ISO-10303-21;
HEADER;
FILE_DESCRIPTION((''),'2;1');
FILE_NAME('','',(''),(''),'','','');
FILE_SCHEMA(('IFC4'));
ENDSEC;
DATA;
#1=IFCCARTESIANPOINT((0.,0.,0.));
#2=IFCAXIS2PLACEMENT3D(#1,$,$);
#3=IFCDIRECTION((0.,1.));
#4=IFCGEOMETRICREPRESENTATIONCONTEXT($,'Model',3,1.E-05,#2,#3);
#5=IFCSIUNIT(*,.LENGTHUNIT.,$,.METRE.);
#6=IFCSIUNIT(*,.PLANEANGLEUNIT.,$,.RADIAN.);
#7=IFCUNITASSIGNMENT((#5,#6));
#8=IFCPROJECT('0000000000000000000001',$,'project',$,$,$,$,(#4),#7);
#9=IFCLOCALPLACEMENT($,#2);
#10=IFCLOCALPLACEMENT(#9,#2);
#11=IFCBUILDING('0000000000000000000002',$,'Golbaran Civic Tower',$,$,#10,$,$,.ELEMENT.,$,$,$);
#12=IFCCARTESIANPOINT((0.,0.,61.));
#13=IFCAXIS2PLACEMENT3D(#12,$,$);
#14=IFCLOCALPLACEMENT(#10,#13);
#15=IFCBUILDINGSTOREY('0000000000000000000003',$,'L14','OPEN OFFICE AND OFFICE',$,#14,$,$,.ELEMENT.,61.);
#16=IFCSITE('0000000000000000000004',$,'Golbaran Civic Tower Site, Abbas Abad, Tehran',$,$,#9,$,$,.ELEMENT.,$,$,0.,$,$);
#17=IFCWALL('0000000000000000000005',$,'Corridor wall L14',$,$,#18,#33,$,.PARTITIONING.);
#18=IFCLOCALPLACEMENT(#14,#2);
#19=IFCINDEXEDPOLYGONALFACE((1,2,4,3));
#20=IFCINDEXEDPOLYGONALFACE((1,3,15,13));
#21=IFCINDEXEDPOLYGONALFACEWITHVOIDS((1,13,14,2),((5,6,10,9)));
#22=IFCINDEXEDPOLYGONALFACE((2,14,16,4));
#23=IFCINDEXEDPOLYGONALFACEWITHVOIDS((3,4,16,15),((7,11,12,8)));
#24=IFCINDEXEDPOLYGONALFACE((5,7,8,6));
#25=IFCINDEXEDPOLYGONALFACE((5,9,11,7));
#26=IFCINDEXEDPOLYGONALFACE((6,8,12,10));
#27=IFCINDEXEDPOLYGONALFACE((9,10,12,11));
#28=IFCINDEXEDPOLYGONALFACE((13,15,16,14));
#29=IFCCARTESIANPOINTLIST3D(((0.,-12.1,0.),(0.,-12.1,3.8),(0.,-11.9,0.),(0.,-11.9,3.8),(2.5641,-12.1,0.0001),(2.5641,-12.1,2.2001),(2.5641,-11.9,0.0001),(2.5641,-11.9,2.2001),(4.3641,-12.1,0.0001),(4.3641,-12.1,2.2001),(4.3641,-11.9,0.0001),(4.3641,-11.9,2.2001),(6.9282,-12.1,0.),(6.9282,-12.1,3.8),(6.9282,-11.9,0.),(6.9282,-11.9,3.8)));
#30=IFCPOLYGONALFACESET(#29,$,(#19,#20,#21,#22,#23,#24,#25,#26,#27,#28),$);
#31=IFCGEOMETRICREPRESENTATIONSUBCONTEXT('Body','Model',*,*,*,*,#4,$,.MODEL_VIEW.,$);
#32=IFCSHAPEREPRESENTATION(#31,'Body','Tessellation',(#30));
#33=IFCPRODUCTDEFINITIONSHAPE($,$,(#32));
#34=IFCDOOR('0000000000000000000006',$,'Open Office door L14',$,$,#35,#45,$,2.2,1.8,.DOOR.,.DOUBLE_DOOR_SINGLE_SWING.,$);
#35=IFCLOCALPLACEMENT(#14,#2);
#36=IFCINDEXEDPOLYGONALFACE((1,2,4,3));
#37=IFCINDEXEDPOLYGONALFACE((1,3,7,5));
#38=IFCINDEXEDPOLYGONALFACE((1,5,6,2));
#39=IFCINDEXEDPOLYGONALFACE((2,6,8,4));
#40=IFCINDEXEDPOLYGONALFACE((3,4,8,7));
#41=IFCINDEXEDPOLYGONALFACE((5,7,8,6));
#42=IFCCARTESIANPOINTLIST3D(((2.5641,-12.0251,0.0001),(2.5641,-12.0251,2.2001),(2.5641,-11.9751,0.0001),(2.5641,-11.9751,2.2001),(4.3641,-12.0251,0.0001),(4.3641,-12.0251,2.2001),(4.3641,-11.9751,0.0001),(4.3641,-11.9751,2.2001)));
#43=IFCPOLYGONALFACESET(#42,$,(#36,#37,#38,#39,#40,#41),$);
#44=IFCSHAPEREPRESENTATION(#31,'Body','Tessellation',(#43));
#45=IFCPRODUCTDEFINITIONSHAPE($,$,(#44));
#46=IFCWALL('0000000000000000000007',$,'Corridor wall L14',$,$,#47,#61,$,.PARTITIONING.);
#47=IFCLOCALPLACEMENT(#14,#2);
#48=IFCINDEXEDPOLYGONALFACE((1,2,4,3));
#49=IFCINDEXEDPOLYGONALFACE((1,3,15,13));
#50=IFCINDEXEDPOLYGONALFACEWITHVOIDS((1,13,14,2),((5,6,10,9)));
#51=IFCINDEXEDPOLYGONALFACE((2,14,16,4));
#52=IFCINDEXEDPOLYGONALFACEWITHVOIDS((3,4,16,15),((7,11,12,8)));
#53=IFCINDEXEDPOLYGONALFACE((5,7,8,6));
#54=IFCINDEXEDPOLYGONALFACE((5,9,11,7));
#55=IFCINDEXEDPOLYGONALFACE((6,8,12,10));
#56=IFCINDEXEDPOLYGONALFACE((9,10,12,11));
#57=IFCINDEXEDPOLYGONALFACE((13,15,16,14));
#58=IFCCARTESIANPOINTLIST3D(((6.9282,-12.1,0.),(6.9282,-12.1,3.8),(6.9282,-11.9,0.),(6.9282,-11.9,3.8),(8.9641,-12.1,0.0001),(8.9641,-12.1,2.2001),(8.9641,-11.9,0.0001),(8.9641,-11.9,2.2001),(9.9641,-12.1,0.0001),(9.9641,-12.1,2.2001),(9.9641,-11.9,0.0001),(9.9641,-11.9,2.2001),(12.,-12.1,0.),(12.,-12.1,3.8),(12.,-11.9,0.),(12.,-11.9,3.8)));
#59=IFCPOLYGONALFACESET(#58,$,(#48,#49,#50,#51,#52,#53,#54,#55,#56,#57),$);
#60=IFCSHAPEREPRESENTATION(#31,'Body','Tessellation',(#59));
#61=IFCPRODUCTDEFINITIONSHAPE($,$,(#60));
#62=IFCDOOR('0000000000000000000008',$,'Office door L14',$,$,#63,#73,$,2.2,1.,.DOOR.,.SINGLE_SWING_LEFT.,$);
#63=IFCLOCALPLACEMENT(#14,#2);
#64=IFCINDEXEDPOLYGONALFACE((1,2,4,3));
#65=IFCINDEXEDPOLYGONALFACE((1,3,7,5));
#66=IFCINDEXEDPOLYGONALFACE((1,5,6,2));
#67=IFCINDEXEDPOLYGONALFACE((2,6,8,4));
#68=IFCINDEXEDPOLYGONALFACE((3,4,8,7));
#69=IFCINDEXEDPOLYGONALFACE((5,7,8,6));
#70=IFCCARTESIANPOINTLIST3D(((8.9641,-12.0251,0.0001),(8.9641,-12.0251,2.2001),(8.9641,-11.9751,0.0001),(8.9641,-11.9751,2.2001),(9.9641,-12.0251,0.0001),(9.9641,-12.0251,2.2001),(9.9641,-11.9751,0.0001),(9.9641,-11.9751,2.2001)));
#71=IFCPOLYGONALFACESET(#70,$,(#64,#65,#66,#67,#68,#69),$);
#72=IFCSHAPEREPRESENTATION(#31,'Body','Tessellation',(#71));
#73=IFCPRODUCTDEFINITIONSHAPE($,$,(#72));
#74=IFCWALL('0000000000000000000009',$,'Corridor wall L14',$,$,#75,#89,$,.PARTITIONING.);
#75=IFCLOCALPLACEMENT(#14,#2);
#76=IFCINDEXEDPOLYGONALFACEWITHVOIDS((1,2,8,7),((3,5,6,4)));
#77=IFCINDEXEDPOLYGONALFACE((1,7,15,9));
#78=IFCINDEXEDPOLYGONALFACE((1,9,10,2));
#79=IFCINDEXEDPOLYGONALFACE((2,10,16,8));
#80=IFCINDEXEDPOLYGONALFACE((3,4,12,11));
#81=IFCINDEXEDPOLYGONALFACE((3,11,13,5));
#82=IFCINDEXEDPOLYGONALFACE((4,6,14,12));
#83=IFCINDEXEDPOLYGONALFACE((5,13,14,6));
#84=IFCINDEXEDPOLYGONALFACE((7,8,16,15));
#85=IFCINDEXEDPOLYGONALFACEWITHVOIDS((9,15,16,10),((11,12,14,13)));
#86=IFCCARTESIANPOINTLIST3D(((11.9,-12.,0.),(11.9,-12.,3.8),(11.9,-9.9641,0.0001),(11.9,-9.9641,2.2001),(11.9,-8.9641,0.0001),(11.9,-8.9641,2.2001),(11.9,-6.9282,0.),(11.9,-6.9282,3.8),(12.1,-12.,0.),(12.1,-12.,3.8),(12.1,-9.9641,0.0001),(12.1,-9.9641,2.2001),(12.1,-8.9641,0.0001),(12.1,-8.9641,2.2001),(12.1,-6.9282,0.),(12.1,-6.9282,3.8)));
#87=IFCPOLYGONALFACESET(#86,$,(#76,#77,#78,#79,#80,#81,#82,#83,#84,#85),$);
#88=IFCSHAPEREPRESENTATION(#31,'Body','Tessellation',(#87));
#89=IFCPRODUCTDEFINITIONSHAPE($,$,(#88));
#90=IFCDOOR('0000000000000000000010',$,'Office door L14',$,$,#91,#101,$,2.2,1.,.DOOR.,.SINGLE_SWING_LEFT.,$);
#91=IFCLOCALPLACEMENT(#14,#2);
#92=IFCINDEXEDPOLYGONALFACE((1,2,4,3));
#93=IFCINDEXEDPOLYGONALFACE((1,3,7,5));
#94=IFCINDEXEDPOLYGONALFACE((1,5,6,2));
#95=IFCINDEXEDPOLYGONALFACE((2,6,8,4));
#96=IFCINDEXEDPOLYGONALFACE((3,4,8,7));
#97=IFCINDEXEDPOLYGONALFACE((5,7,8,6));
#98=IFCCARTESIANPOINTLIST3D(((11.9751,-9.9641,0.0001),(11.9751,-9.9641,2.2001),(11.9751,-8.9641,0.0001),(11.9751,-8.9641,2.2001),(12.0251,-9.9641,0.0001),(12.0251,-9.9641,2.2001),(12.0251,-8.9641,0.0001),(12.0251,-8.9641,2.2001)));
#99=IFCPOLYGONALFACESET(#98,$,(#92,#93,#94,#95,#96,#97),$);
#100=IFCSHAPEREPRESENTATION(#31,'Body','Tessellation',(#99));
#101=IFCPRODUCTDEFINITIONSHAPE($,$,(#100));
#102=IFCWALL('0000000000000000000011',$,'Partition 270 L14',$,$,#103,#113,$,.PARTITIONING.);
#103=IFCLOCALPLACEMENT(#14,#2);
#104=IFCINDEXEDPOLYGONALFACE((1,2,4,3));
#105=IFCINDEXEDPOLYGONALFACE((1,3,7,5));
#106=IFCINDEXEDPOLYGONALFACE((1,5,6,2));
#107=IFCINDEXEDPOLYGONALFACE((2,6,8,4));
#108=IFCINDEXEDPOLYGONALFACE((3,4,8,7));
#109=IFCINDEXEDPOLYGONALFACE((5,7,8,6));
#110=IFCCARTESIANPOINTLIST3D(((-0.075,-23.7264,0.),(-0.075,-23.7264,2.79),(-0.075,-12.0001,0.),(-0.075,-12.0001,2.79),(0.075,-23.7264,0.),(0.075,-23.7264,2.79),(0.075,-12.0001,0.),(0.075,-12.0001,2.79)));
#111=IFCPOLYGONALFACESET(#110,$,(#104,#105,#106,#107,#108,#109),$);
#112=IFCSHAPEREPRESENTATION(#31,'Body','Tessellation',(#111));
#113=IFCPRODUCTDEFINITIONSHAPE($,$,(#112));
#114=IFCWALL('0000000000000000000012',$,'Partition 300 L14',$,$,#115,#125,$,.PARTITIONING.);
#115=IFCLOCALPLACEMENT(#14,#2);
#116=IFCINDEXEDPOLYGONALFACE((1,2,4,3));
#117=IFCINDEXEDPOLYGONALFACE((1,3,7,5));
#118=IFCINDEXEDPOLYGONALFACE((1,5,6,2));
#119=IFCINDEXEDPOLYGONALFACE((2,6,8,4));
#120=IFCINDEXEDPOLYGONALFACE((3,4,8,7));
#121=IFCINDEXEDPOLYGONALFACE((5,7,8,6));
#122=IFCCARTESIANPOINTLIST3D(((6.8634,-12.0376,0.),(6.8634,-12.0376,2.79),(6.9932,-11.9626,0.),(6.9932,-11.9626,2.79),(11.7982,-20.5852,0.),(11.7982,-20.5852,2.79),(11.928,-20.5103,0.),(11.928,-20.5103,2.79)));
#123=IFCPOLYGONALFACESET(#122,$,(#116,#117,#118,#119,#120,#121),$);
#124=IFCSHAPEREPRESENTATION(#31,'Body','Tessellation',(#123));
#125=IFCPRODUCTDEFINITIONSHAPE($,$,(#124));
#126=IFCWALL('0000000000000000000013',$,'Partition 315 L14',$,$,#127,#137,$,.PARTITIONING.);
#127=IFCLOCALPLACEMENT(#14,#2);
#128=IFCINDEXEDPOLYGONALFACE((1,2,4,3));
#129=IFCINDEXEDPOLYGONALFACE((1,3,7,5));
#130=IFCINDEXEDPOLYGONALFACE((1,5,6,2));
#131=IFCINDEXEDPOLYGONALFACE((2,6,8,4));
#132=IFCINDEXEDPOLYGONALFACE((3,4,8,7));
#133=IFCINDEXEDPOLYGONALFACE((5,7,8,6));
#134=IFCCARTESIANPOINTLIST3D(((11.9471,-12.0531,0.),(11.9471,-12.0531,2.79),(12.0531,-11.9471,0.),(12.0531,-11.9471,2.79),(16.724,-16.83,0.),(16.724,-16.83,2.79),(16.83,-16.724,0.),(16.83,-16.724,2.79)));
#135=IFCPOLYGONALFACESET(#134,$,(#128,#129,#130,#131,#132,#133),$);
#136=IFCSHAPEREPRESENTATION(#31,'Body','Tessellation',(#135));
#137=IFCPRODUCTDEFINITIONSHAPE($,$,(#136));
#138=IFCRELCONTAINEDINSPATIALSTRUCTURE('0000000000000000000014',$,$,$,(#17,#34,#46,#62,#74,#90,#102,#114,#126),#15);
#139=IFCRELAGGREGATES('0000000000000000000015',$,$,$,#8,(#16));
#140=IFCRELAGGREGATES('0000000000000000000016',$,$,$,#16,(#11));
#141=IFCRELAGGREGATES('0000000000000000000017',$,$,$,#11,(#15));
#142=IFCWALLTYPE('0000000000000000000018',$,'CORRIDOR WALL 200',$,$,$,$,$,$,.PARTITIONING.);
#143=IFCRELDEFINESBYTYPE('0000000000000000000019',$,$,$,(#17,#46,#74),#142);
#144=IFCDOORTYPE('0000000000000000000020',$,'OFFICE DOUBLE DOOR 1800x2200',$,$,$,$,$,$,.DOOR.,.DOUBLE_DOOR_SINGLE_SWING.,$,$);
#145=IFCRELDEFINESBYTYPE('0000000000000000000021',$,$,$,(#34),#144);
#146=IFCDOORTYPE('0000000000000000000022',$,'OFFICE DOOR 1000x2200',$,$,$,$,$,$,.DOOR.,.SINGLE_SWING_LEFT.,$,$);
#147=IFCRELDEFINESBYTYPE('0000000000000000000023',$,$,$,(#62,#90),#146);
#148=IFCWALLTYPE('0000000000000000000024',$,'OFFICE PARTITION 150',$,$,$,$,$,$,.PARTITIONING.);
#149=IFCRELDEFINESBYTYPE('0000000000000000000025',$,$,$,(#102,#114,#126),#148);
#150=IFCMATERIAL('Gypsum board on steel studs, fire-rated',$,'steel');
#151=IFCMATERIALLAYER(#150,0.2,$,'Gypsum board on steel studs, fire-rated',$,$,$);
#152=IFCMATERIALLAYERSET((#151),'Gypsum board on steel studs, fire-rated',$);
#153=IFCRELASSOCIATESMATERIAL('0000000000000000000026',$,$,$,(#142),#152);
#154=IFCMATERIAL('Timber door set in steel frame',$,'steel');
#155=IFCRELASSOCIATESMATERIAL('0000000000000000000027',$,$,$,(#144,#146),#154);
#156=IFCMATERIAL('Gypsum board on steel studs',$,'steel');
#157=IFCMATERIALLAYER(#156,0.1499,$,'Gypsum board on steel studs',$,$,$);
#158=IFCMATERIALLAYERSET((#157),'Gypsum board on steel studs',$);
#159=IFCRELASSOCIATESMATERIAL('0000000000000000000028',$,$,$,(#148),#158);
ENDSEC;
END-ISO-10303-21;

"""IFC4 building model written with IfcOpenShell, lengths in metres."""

from ifc_helpers import new_model, si_unit, direction, frame, frame_2d, origin, place, context, subcontext, project, spatial, rectangle, extrude, material, layer, layer_set, type_object, element, fill, save


model = new_model("IFC4")

# Units and contexts
model_context = context("Model", 3, precision=1e-05, world=origin(), true_north=direction((0.0, 1.0)))
body_context = subcontext(model_context, "Body", "Model", "MODEL_VIEW")
ifc_project = project(units=[si_unit("LENGTHUNIT", "METRE"), si_unit("PLANEANGLEUNIT", "RADIAN")], contexts=[model_context])

# Site, building, storey
site_placement = place(None, origin())
site = spatial("IfcSite", under=ifc_project, at=site_placement, Name="Golbaran Civic Tower Site, Abbas Abad, Tehran", CompositionType="ELEMENT", RefElevation=0.0)
building_placement = place(site_placement, origin())
building = spatial("IfcBuilding", under=site, at=building_placement, Name="Golbaran Civic Tower", CompositionType="ELEMENT")
storey_placement = place(building_placement, frame((0.0, 0.0, 61.0)))
storey = spatial("IfcBuildingStorey", under=building, at=storey_placement, Name="L14", Description="OPEN OFFICE AND OFFICE", CompositionType="ELEMENT", Elevation=61.0)

# Walls, openings, doors
ifc_material_1 = material(Name="Gypsum board on steel studs, fire-rated", Category="steel")
ifc_layer_1 = layer(ifc_material_1, 0.2, Name="Gypsum board on steel studs, fire-rated")
ifc_layer_set_1 = layer_set([ifc_layer_1], Name="Gypsum board on steel studs, fire-rated")
wall_type_1 = type_object("IfcWallType", Name="CORRIDOR WALL 200", PredefinedType="PARTITIONING", material=ifc_layer_set_1)
wall_1_placement = place(storey_placement, frame((0.0, -12.0, 0.0), z_axis=(0.0, 0.0, 1.0), x_axis=(1.0, 0.0, 0.0)))
wall_1 = element("IfcWall", 1, at=wall_1_placement, inside=storey, type_object=wall_type_1, Name="Corridor wall L14", PredefinedType="PARTITIONING", context=body_context, shape_type="SweptSolid", body=[
    extrude(rectangle(XDim=6.9282, YDim=0.2, at=frame_2d((3.4641, 0.0))), origin(), (0.0, 0.0, 1.0), 3.8),
])
opening_1_placement = place(wall_1_placement, frame((2.5642, 0.0, 0.0)))
opening_1 = element("IfcOpeningElement", 2, at=opening_1_placement, cuts=wall_1, PredefinedType="OPENING", context=body_context, shape_type="SweptSolid", body=[
    extrude(rectangle(XDim=1.8, YDim=2.2, at=frame_2d((0.8999, 1.1001))), frame((0.0, 0.1099, 0.0), z_axis=(0.0, -1.0, 0.0), x_axis=(1.0, 0.0, 0.0)), (0.0, 0.0, 1.0), 0.22),
])
ifc_material_2 = material(Name="Timber door set in steel frame", Category="steel")
door_type_1 = type_object("IfcDoorType", Name="OFFICE DOUBLE DOOR 1800x2200", OperationType="DOUBLE_DOOR_SINGLE_SWING", PredefinedType="DOOR", material=ifc_material_2)
door_1_placement = place(opening_1_placement, origin())
door_1 = element("IfcDoor", 3, at=door_1_placement, inside=storey, type_object=door_type_1, Name="Open Office door L14", OperationType="DOUBLE_DOOR_SINGLE_SWING", OverallHeight=2.2, OverallWidth=1.8, PredefinedType="DOOR", context=body_context, shape_type="SweptSolid", body=[
    extrude(rectangle(XDim=1.8, YDim=2.2, at=frame_2d((0.8999, 1.1001))), frame((0.0, 0.0249, 0.0), z_axis=(0.0, -1.0, 0.0), x_axis=(1.0, 0.0, 0.0)), (0.0, 0.0, 1.0), 0.05),
])
fill(opening_1, door_1)
wall_2_placement = place(storey_placement, frame((6.9282, -12.0, 0.0), z_axis=(0.0, 0.0, 1.0), x_axis=(1.0, 0.0, 0.0)))
wall_2 = element("IfcWall", 4, at=wall_2_placement, inside=storey, type_object=wall_type_1, Name="Corridor wall L14", PredefinedType="PARTITIONING", context=body_context, shape_type="SweptSolid", body=[
    extrude(rectangle(XDim=5.0718, YDim=0.2, at=frame_2d((2.5359, 0.0))), origin(), (0.0, 0.0, 1.0), 3.8),
])
opening_2_placement = place(wall_2_placement, frame((2.0359, 0.0, 0.0)))
opening_2 = element("IfcOpeningElement", 5, at=opening_2_placement, cuts=wall_2, PredefinedType="OPENING", context=body_context, shape_type="SweptSolid", body=[
    extrude(rectangle(XDim=1.0, YDim=2.2, at=frame_2d((0.5, 1.1001))), frame((0.0, 0.1099, 0.0), z_axis=(0.0, -1.0, 0.0), x_axis=(1.0, 0.0, 0.0)), (0.0, 0.0, 1.0), 0.22),
])
door_type_2 = type_object("IfcDoorType", Name="OFFICE DOOR 1000x2200", OperationType="SINGLE_SWING_LEFT", PredefinedType="DOOR", material=ifc_material_2)
door_2_placement = place(opening_2_placement, origin())
door_2 = element("IfcDoor", 6, at=door_2_placement, inside=storey, type_object=door_type_2, Name="Office door L14", OperationType="SINGLE_SWING_LEFT", OverallHeight=2.2, OverallWidth=1.0, PredefinedType="DOOR", context=body_context, shape_type="SweptSolid", body=[
    extrude(rectangle(XDim=1.0, YDim=2.2, at=frame_2d((0.5, 1.1001))), frame((0.0, 0.0249, 0.0), z_axis=(0.0, -1.0, 0.0), x_axis=(1.0, 0.0, 0.0)), (0.0, 0.0, 1.0), 0.05),
])
fill(opening_2, door_2)
wall_3_placement = place(storey_placement, frame((12.0, -12.0, 0.0), z_axis=(0.0, 0.0, 1.0), x_axis=(0.0, 1.0, 0.0)))
wall_3 = element("IfcWall", 7, at=wall_3_placement, inside=storey, type_object=wall_type_1, Name="Corridor wall L14", PredefinedType="PARTITIONING", context=body_context, shape_type="SweptSolid", body=[
    extrude(rectangle(XDim=5.0718, YDim=0.2, at=frame_2d((2.5359, 0.0))), origin(), (0.0, 0.0, 1.0), 3.8),
])
opening_3_placement = place(wall_3_placement, frame((2.0359, 0.0, 0.0)))
opening_3 = element("IfcOpeningElement", 8, at=opening_3_placement, cuts=wall_3, PredefinedType="OPENING", context=body_context, shape_type="SweptSolid", body=[
    extrude(rectangle(XDim=1.0, YDim=2.2, at=frame_2d((0.5, 1.1001))), frame((0.0, 0.1099, 0.0), z_axis=(0.0, -1.0, 0.0), x_axis=(1.0, 0.0, 0.0)), (0.0, 0.0, 1.0), 0.22),
])
door_3_placement = place(opening_3_placement, origin())
door_3 = element("IfcDoor", 9, at=door_3_placement, inside=storey, type_object=door_type_2, Name="Office door L14", OperationType="SINGLE_SWING_LEFT", OverallHeight=2.2, OverallWidth=1.0, PredefinedType="DOOR", context=body_context, shape_type="SweptSolid", body=[
    extrude(rectangle(XDim=1.0, YDim=2.2, at=frame_2d((0.5, 1.1001))), frame((0.0, 0.0249, 0.0), z_axis=(0.0, -1.0, 0.0), x_axis=(1.0, 0.0, 0.0)), (0.0, 0.0, 1.0), 0.05),
])
fill(opening_3, door_3)

# Walls
ifc_material_3 = material(Name="Gypsum board on steel studs", Category="steel")
ifc_layer_2 = layer(ifc_material_3, 0.1499, Name="Gypsum board on steel studs")
ifc_layer_set_2 = layer_set([ifc_layer_2], Name="Gypsum board on steel studs")
wall_type_2 = type_object("IfcWallType", Name="OFFICE PARTITION 150", PredefinedType="PARTITIONING", material=ifc_layer_set_2)
wall_4_placement = place(storey_placement, frame((0.0, -12.0, 0.0), z_axis=(0.0, 0.0, 1.0), x_axis=(0.0, -1.0, 0.0)))
element("IfcWall", 10, at=wall_4_placement, inside=storey, type_object=wall_type_2, Name="Partition 270 L14", PredefinedType="PARTITIONING", context=body_context, shape_type="SweptSolid", body=[
    extrude(rectangle(XDim=11.7263, YDim=0.1499, at=frame_2d((5.8633, 0.0))), origin(), (0.0, 0.0, 1.0), 2.79),
])
wall_5_placement = place(storey_placement, frame((6.9282, -12.0, 0.0), z_axis=(0.0, 0.0, 1.0), x_axis=(0.499989, -0.866032, 0.0)))
element("IfcWall", 11, at=wall_5_placement, inside=storey, type_object=wall_type_2, Name="Partition 300 L14", PredefinedType="PARTITIONING", context=body_context, shape_type="SweptSolid", body=[
    extrude(rectangle(XDim=9.8699, YDim=0.1499, at=frame_2d((4.9351, 0.0))), origin(), (0.0, 0.0, 1.0), 2.79),
])
wall_6_placement = place(storey_placement, frame((12.0, -12.0, 0.0), z_axis=(0.0, 0.0, 1.0), x_axis=(0.707107, -0.707107, 0.0)))
element("IfcWall", 12, at=wall_6_placement, inside=storey, type_object=wall_type_2, Name="Partition 315 L14", PredefinedType="PARTITIONING", context=body_context, shape_type="SweptSolid", body=[
    extrude(rectangle(XDim=6.7556, YDim=0.1499, at=frame_2d((3.3779, 0.0))), origin(), (0.0, 0.0, 1.0), 2.79),
])

save(model, "model.ifc")
